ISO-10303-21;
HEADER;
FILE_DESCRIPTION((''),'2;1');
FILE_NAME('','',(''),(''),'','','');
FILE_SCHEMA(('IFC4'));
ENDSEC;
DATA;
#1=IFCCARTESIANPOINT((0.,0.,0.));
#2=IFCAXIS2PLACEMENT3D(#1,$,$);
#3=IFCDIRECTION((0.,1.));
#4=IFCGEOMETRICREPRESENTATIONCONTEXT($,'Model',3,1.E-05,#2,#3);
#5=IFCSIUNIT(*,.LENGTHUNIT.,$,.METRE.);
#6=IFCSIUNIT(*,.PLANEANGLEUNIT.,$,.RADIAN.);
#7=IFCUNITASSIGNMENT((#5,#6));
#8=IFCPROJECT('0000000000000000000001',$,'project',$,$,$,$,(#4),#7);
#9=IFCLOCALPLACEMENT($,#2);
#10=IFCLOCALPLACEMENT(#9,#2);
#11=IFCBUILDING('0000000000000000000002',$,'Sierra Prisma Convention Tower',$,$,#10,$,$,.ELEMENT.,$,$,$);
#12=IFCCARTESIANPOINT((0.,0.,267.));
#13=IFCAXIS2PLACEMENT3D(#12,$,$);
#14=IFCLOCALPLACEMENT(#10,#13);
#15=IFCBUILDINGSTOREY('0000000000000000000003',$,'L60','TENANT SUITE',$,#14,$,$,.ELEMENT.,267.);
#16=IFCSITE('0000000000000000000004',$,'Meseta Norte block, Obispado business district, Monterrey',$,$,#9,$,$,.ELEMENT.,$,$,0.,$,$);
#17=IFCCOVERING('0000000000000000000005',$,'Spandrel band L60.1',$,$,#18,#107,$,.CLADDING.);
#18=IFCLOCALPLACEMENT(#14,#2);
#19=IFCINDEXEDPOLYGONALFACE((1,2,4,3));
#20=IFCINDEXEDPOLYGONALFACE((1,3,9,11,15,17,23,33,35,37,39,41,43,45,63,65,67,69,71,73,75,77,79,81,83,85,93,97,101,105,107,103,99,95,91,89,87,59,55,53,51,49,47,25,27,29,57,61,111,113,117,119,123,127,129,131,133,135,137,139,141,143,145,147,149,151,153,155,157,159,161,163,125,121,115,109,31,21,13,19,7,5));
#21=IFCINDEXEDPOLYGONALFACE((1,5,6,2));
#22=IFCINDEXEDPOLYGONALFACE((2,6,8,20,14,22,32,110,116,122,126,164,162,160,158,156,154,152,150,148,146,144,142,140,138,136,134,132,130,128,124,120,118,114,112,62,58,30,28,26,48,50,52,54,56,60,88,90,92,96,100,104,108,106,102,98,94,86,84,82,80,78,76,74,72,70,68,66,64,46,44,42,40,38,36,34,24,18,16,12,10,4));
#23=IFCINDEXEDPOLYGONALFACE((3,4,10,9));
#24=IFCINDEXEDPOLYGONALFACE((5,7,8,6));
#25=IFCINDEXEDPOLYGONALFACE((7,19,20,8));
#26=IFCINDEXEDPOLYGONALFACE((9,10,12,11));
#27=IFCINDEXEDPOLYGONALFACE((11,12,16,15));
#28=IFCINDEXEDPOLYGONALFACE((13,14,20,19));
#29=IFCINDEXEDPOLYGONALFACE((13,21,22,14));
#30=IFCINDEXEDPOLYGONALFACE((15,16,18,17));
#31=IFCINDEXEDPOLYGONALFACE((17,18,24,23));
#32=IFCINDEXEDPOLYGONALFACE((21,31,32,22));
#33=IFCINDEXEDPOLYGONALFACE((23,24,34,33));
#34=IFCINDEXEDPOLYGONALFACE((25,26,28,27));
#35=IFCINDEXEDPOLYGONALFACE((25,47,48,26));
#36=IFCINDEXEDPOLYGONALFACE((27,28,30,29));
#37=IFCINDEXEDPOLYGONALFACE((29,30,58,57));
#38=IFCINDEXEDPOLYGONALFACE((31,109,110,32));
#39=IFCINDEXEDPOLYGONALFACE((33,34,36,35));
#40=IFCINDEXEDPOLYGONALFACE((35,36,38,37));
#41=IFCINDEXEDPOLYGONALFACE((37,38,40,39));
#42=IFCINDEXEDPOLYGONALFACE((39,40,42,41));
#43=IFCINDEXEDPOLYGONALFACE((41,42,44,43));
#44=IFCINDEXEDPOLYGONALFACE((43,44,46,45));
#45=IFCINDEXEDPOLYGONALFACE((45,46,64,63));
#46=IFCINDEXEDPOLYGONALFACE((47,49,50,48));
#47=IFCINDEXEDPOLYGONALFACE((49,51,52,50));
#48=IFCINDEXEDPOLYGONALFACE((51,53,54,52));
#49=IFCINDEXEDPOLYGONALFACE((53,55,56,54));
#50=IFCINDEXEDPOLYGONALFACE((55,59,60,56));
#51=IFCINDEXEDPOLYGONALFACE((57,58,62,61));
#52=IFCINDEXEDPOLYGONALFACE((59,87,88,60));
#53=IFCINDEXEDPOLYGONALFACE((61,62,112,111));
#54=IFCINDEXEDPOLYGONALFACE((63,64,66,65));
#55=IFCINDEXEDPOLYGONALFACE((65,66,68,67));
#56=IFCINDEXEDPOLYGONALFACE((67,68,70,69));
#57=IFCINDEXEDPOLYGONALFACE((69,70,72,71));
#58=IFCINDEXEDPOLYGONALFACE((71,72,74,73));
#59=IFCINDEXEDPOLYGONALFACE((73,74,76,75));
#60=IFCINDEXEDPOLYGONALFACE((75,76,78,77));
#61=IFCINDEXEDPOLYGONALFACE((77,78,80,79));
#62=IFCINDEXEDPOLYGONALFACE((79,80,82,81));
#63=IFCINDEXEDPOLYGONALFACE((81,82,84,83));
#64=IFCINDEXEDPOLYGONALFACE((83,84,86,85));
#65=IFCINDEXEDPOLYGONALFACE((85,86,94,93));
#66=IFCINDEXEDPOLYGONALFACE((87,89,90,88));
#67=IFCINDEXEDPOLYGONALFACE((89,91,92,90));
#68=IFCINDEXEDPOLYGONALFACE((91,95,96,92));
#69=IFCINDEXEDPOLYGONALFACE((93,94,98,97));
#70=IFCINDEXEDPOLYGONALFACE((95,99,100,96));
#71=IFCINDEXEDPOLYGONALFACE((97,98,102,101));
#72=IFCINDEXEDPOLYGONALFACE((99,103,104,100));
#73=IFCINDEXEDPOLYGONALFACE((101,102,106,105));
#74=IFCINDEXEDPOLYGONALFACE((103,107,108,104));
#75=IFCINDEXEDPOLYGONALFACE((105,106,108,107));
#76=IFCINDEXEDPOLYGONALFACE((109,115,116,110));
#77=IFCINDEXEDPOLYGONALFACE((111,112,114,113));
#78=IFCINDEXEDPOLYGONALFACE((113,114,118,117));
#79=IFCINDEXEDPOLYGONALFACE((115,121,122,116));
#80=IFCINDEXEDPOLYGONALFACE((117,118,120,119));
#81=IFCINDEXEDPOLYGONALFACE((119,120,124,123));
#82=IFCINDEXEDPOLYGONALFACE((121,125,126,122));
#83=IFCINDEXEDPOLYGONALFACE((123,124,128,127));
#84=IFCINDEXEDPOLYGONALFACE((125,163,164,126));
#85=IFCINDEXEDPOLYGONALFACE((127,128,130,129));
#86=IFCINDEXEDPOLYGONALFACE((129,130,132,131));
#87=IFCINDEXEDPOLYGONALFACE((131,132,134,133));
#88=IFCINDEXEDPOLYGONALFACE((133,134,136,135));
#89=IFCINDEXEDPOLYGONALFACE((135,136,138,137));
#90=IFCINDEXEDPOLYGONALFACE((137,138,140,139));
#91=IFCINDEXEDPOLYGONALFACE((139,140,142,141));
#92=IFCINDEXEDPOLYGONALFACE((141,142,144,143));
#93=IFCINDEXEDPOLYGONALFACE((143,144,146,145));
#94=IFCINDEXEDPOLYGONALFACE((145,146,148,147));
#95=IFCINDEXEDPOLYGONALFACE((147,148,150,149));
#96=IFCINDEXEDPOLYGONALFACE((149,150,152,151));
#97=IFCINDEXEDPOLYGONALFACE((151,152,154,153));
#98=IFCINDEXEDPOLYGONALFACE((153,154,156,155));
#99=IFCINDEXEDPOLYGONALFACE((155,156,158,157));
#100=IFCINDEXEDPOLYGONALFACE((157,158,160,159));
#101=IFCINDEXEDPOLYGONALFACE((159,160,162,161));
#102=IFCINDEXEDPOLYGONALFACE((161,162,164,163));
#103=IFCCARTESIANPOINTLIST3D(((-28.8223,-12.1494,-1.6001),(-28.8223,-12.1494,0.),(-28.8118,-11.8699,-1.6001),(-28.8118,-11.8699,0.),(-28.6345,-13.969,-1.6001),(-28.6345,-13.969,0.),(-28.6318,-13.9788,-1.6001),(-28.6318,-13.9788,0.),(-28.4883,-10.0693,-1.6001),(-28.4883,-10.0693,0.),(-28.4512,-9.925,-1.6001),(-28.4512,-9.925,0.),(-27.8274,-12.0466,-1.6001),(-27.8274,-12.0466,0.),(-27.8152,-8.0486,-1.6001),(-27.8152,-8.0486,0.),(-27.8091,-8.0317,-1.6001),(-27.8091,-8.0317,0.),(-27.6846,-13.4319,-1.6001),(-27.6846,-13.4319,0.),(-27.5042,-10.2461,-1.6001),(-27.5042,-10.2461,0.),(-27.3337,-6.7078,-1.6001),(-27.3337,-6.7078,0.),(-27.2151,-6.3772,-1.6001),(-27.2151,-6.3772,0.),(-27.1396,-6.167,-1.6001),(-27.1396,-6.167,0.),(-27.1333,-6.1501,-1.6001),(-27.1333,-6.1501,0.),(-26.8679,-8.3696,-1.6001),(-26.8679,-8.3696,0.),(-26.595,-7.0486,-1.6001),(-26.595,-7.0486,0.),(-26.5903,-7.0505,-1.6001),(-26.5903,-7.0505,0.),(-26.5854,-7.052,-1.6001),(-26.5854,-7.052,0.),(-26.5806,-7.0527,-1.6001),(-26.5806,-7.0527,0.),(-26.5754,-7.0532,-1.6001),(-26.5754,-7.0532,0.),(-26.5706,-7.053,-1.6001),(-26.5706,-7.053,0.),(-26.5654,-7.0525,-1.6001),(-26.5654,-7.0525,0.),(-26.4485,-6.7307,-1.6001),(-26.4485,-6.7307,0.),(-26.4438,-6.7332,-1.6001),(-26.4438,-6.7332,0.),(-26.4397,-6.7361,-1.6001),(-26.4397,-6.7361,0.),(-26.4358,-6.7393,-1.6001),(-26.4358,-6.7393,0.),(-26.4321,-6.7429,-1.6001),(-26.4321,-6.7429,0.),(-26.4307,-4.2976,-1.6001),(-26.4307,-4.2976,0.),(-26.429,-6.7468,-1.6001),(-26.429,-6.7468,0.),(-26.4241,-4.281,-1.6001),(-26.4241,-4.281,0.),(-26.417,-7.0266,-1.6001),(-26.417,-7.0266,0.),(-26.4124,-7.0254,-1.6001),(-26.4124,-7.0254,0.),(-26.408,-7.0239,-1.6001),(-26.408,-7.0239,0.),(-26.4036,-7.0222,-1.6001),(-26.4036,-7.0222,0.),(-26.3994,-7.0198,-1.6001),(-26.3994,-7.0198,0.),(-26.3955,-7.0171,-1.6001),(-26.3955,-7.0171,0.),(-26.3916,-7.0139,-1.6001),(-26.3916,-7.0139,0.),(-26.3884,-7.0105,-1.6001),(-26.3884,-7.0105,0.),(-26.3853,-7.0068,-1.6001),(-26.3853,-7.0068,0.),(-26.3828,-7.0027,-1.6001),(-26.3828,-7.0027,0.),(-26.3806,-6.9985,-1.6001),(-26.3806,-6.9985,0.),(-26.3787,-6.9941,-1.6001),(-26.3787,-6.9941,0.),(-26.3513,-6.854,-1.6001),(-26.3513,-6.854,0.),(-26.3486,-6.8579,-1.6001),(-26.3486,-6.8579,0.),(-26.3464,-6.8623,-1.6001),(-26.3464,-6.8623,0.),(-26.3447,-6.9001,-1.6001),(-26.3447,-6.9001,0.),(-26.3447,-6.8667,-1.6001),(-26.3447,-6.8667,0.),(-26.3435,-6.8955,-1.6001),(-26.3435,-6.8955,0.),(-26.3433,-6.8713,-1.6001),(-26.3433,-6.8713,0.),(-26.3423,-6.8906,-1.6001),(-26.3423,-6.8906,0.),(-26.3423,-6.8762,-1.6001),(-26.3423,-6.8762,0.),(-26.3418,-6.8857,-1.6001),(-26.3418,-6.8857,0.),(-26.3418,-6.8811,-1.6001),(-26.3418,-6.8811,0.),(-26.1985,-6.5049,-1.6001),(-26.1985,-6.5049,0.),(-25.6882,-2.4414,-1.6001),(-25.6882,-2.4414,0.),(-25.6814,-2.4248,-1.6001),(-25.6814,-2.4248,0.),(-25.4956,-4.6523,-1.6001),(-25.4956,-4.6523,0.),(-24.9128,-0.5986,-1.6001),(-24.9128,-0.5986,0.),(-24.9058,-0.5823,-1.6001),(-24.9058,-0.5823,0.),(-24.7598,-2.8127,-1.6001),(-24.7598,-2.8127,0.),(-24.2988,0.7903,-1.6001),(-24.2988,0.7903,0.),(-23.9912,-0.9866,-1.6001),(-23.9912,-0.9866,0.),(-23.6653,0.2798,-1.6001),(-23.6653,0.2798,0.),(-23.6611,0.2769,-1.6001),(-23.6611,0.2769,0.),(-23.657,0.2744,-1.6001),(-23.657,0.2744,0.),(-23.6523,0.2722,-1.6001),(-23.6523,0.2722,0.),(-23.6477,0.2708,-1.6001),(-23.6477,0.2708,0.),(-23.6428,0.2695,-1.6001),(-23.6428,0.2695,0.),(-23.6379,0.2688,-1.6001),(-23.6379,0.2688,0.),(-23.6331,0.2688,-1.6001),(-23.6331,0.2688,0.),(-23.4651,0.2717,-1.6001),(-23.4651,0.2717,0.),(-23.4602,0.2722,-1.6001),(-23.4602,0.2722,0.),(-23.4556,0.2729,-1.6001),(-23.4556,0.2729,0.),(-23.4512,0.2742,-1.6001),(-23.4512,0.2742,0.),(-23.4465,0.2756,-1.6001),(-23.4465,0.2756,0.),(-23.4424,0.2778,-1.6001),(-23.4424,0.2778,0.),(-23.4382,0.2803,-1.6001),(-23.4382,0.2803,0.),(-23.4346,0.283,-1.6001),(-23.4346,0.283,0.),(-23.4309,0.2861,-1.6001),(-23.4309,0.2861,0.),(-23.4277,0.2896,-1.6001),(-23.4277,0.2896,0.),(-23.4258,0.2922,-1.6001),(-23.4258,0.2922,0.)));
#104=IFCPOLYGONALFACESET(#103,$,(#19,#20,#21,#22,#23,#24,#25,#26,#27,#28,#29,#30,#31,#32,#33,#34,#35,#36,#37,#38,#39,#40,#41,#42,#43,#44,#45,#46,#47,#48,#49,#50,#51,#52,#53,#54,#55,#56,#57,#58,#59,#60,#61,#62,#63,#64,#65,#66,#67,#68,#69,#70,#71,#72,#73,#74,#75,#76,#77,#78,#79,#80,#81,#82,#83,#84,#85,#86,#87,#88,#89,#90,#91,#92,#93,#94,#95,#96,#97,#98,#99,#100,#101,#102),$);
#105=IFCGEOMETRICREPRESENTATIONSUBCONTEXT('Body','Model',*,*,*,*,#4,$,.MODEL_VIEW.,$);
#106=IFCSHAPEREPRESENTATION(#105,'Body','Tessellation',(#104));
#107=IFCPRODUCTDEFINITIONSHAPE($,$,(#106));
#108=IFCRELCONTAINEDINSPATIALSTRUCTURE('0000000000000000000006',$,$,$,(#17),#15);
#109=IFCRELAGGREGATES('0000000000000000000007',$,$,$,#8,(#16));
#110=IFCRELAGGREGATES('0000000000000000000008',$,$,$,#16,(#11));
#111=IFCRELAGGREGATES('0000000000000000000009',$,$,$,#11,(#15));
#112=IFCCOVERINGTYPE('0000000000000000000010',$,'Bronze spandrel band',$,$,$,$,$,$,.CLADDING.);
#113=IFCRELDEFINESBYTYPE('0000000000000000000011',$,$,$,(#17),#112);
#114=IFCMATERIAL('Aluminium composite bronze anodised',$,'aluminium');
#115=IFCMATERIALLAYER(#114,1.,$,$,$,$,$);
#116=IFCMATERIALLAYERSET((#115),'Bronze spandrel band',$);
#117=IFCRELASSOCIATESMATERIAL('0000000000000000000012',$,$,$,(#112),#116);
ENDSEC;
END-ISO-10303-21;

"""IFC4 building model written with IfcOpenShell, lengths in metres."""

from ifc_helpers import new_model, si_unit, direction, frame, origin, place, context, subcontext, project, spatial, polyline, outline, extrude, material, layer, layer_set, type_object, element, save


model = new_model("IFC4")

# Units and contexts
model_context = context("Model", 3, precision=1e-05, world=origin(), true_north=direction((0.0, 1.0)))
body_context = subcontext(model_context, "Body", "Model", "MODEL_VIEW")
ifc_project = project(units=[si_unit("LENGTHUNIT", "METRE"), si_unit("PLANEANGLEUNIT", "RADIAN")], contexts=[model_context])

# Site, building, storey
site_placement = place(None, origin())
site = spatial("IfcSite", under=ifc_project, at=site_placement, Name="Meseta Norte block, Obispado business district, Monterrey", CompositionType="ELEMENT", RefElevation=0.0)
building_placement = place(site_placement, origin())
building = spatial("IfcBuilding", under=site, at=building_placement, Name="Sierra Prisma Convention Tower", CompositionType="ELEMENT")
storey_placement = place(building_placement, frame((0.0, 0.0, 267.0)))
storey = spatial("IfcBuildingStorey", under=building, at=storey_placement, Name="L60", Description="TENANT SUITE", CompositionType="ELEMENT", Elevation=267.0)

# Covering
ifc_material_1 = material(Name="Aluminium composite bronze anodised", Category="aluminium")
ifc_layer_1 = layer(ifc_material_1, 1.0)
ifc_layer_set_1 = layer_set([ifc_layer_1], Name="Bronze spandrel band")
covering_type = type_object("IfcCoveringType", Name="Bronze spandrel band", PredefinedType="CLADDING", material=ifc_layer_set_1)
covering_1_placement = place(storey_placement, frame((0.0, 0.0, -1.6001)))
element("IfcCovering", 1, at=covering_1_placement, inside=storey, type_object=covering_type, Name="Spandrel band L60.1", PredefinedType="CLADDING", context=body_context, shape_type="SweptSolid", body=[
    extrude(outline(polyline([(-26.5754, -7.0532), (-26.5706, -7.053), (-26.5654, -7.0525), (-26.417, -7.0266), (-26.4124, -7.0254), (-26.408, -7.0239), (-26.4036, -7.0222), (-26.3994, -7.0198), (-26.3955, -7.0171), (-26.3916, -7.0139), (-26.3884, -7.0105), (-26.3853, -7.0068), (-26.3828, -7.0027), (-26.3806, -6.9985), (-26.3787, -6.9941), (-26.3447, -6.9001), (-26.3435, -6.8955), (-26.3423, -6.8906), (-26.3418, -6.8857), (-26.3418, -6.8811), (-26.3423, -6.8762), (-26.3433, -6.8713), (-26.3447, -6.8667), (-26.3464, -6.8623), (-26.3486, -6.8579), (-26.3513, -6.854), (-26.429, -6.7468), (-26.4321, -6.7429), (-26.4358, -6.7393), (-26.4397, -6.7361), (-26.4438, -6.7332), (-26.4485, -6.7307), (-27.2151, -6.3772), (-27.1396, -6.167), (-27.1333, -6.1501), (-26.4307, -4.2976), (-26.4241, -4.281), (-25.6882, -2.4414), (-25.6814, -2.4248), (-24.9128, -0.5986), (-24.9058, -0.5823), (-24.2988, 0.7903), (-23.6653, 0.2798), (-23.6611, 0.2769), (-23.657, 0.2744), (-23.6523, 0.2722), (-23.6477, 0.2708), (-23.6428, 0.2695), (-23.6379, 0.2688), (-23.6331, 0.2688), (-23.4651, 0.2717), (-23.4602, 0.2722), (-23.4556, 0.2729), (-23.4512, 0.2742), (-23.4465, 0.2756), (-23.4424, 0.2778), (-23.4382, 0.2803), (-23.4346, 0.283), (-23.4309, 0.2861), (-23.4277, 0.2896), (-23.4258, 0.2922), (-23.9912, -0.9866), (-24.7598, -2.8127), (-25.4956, -4.6523), (-26.1985, -6.5049), (-26.8679, -8.3696), (-27.5042, -10.2461), (-27.8274, -12.0466), (-27.6846, -13.4319), (-28.6318, -13.9788), (-28.6345, -13.969), (-28.8223, -12.1494), (-28.8118, -11.8699), (-28.4883, -10.0693), (-28.4512, -9.925), (-27.8152, -8.0486), (-27.8091, -8.0317), (-27.3337, -6.7078), (-26.595, -7.0486), (-26.5903, -7.0505), (-26.5854, -7.052), (-26.5806, -7.0527), (-26.5754, -7.0532)])), origin(), (0.0, 0.0, 1.0), 1.6001),
])

save(model, "model.ifc")
